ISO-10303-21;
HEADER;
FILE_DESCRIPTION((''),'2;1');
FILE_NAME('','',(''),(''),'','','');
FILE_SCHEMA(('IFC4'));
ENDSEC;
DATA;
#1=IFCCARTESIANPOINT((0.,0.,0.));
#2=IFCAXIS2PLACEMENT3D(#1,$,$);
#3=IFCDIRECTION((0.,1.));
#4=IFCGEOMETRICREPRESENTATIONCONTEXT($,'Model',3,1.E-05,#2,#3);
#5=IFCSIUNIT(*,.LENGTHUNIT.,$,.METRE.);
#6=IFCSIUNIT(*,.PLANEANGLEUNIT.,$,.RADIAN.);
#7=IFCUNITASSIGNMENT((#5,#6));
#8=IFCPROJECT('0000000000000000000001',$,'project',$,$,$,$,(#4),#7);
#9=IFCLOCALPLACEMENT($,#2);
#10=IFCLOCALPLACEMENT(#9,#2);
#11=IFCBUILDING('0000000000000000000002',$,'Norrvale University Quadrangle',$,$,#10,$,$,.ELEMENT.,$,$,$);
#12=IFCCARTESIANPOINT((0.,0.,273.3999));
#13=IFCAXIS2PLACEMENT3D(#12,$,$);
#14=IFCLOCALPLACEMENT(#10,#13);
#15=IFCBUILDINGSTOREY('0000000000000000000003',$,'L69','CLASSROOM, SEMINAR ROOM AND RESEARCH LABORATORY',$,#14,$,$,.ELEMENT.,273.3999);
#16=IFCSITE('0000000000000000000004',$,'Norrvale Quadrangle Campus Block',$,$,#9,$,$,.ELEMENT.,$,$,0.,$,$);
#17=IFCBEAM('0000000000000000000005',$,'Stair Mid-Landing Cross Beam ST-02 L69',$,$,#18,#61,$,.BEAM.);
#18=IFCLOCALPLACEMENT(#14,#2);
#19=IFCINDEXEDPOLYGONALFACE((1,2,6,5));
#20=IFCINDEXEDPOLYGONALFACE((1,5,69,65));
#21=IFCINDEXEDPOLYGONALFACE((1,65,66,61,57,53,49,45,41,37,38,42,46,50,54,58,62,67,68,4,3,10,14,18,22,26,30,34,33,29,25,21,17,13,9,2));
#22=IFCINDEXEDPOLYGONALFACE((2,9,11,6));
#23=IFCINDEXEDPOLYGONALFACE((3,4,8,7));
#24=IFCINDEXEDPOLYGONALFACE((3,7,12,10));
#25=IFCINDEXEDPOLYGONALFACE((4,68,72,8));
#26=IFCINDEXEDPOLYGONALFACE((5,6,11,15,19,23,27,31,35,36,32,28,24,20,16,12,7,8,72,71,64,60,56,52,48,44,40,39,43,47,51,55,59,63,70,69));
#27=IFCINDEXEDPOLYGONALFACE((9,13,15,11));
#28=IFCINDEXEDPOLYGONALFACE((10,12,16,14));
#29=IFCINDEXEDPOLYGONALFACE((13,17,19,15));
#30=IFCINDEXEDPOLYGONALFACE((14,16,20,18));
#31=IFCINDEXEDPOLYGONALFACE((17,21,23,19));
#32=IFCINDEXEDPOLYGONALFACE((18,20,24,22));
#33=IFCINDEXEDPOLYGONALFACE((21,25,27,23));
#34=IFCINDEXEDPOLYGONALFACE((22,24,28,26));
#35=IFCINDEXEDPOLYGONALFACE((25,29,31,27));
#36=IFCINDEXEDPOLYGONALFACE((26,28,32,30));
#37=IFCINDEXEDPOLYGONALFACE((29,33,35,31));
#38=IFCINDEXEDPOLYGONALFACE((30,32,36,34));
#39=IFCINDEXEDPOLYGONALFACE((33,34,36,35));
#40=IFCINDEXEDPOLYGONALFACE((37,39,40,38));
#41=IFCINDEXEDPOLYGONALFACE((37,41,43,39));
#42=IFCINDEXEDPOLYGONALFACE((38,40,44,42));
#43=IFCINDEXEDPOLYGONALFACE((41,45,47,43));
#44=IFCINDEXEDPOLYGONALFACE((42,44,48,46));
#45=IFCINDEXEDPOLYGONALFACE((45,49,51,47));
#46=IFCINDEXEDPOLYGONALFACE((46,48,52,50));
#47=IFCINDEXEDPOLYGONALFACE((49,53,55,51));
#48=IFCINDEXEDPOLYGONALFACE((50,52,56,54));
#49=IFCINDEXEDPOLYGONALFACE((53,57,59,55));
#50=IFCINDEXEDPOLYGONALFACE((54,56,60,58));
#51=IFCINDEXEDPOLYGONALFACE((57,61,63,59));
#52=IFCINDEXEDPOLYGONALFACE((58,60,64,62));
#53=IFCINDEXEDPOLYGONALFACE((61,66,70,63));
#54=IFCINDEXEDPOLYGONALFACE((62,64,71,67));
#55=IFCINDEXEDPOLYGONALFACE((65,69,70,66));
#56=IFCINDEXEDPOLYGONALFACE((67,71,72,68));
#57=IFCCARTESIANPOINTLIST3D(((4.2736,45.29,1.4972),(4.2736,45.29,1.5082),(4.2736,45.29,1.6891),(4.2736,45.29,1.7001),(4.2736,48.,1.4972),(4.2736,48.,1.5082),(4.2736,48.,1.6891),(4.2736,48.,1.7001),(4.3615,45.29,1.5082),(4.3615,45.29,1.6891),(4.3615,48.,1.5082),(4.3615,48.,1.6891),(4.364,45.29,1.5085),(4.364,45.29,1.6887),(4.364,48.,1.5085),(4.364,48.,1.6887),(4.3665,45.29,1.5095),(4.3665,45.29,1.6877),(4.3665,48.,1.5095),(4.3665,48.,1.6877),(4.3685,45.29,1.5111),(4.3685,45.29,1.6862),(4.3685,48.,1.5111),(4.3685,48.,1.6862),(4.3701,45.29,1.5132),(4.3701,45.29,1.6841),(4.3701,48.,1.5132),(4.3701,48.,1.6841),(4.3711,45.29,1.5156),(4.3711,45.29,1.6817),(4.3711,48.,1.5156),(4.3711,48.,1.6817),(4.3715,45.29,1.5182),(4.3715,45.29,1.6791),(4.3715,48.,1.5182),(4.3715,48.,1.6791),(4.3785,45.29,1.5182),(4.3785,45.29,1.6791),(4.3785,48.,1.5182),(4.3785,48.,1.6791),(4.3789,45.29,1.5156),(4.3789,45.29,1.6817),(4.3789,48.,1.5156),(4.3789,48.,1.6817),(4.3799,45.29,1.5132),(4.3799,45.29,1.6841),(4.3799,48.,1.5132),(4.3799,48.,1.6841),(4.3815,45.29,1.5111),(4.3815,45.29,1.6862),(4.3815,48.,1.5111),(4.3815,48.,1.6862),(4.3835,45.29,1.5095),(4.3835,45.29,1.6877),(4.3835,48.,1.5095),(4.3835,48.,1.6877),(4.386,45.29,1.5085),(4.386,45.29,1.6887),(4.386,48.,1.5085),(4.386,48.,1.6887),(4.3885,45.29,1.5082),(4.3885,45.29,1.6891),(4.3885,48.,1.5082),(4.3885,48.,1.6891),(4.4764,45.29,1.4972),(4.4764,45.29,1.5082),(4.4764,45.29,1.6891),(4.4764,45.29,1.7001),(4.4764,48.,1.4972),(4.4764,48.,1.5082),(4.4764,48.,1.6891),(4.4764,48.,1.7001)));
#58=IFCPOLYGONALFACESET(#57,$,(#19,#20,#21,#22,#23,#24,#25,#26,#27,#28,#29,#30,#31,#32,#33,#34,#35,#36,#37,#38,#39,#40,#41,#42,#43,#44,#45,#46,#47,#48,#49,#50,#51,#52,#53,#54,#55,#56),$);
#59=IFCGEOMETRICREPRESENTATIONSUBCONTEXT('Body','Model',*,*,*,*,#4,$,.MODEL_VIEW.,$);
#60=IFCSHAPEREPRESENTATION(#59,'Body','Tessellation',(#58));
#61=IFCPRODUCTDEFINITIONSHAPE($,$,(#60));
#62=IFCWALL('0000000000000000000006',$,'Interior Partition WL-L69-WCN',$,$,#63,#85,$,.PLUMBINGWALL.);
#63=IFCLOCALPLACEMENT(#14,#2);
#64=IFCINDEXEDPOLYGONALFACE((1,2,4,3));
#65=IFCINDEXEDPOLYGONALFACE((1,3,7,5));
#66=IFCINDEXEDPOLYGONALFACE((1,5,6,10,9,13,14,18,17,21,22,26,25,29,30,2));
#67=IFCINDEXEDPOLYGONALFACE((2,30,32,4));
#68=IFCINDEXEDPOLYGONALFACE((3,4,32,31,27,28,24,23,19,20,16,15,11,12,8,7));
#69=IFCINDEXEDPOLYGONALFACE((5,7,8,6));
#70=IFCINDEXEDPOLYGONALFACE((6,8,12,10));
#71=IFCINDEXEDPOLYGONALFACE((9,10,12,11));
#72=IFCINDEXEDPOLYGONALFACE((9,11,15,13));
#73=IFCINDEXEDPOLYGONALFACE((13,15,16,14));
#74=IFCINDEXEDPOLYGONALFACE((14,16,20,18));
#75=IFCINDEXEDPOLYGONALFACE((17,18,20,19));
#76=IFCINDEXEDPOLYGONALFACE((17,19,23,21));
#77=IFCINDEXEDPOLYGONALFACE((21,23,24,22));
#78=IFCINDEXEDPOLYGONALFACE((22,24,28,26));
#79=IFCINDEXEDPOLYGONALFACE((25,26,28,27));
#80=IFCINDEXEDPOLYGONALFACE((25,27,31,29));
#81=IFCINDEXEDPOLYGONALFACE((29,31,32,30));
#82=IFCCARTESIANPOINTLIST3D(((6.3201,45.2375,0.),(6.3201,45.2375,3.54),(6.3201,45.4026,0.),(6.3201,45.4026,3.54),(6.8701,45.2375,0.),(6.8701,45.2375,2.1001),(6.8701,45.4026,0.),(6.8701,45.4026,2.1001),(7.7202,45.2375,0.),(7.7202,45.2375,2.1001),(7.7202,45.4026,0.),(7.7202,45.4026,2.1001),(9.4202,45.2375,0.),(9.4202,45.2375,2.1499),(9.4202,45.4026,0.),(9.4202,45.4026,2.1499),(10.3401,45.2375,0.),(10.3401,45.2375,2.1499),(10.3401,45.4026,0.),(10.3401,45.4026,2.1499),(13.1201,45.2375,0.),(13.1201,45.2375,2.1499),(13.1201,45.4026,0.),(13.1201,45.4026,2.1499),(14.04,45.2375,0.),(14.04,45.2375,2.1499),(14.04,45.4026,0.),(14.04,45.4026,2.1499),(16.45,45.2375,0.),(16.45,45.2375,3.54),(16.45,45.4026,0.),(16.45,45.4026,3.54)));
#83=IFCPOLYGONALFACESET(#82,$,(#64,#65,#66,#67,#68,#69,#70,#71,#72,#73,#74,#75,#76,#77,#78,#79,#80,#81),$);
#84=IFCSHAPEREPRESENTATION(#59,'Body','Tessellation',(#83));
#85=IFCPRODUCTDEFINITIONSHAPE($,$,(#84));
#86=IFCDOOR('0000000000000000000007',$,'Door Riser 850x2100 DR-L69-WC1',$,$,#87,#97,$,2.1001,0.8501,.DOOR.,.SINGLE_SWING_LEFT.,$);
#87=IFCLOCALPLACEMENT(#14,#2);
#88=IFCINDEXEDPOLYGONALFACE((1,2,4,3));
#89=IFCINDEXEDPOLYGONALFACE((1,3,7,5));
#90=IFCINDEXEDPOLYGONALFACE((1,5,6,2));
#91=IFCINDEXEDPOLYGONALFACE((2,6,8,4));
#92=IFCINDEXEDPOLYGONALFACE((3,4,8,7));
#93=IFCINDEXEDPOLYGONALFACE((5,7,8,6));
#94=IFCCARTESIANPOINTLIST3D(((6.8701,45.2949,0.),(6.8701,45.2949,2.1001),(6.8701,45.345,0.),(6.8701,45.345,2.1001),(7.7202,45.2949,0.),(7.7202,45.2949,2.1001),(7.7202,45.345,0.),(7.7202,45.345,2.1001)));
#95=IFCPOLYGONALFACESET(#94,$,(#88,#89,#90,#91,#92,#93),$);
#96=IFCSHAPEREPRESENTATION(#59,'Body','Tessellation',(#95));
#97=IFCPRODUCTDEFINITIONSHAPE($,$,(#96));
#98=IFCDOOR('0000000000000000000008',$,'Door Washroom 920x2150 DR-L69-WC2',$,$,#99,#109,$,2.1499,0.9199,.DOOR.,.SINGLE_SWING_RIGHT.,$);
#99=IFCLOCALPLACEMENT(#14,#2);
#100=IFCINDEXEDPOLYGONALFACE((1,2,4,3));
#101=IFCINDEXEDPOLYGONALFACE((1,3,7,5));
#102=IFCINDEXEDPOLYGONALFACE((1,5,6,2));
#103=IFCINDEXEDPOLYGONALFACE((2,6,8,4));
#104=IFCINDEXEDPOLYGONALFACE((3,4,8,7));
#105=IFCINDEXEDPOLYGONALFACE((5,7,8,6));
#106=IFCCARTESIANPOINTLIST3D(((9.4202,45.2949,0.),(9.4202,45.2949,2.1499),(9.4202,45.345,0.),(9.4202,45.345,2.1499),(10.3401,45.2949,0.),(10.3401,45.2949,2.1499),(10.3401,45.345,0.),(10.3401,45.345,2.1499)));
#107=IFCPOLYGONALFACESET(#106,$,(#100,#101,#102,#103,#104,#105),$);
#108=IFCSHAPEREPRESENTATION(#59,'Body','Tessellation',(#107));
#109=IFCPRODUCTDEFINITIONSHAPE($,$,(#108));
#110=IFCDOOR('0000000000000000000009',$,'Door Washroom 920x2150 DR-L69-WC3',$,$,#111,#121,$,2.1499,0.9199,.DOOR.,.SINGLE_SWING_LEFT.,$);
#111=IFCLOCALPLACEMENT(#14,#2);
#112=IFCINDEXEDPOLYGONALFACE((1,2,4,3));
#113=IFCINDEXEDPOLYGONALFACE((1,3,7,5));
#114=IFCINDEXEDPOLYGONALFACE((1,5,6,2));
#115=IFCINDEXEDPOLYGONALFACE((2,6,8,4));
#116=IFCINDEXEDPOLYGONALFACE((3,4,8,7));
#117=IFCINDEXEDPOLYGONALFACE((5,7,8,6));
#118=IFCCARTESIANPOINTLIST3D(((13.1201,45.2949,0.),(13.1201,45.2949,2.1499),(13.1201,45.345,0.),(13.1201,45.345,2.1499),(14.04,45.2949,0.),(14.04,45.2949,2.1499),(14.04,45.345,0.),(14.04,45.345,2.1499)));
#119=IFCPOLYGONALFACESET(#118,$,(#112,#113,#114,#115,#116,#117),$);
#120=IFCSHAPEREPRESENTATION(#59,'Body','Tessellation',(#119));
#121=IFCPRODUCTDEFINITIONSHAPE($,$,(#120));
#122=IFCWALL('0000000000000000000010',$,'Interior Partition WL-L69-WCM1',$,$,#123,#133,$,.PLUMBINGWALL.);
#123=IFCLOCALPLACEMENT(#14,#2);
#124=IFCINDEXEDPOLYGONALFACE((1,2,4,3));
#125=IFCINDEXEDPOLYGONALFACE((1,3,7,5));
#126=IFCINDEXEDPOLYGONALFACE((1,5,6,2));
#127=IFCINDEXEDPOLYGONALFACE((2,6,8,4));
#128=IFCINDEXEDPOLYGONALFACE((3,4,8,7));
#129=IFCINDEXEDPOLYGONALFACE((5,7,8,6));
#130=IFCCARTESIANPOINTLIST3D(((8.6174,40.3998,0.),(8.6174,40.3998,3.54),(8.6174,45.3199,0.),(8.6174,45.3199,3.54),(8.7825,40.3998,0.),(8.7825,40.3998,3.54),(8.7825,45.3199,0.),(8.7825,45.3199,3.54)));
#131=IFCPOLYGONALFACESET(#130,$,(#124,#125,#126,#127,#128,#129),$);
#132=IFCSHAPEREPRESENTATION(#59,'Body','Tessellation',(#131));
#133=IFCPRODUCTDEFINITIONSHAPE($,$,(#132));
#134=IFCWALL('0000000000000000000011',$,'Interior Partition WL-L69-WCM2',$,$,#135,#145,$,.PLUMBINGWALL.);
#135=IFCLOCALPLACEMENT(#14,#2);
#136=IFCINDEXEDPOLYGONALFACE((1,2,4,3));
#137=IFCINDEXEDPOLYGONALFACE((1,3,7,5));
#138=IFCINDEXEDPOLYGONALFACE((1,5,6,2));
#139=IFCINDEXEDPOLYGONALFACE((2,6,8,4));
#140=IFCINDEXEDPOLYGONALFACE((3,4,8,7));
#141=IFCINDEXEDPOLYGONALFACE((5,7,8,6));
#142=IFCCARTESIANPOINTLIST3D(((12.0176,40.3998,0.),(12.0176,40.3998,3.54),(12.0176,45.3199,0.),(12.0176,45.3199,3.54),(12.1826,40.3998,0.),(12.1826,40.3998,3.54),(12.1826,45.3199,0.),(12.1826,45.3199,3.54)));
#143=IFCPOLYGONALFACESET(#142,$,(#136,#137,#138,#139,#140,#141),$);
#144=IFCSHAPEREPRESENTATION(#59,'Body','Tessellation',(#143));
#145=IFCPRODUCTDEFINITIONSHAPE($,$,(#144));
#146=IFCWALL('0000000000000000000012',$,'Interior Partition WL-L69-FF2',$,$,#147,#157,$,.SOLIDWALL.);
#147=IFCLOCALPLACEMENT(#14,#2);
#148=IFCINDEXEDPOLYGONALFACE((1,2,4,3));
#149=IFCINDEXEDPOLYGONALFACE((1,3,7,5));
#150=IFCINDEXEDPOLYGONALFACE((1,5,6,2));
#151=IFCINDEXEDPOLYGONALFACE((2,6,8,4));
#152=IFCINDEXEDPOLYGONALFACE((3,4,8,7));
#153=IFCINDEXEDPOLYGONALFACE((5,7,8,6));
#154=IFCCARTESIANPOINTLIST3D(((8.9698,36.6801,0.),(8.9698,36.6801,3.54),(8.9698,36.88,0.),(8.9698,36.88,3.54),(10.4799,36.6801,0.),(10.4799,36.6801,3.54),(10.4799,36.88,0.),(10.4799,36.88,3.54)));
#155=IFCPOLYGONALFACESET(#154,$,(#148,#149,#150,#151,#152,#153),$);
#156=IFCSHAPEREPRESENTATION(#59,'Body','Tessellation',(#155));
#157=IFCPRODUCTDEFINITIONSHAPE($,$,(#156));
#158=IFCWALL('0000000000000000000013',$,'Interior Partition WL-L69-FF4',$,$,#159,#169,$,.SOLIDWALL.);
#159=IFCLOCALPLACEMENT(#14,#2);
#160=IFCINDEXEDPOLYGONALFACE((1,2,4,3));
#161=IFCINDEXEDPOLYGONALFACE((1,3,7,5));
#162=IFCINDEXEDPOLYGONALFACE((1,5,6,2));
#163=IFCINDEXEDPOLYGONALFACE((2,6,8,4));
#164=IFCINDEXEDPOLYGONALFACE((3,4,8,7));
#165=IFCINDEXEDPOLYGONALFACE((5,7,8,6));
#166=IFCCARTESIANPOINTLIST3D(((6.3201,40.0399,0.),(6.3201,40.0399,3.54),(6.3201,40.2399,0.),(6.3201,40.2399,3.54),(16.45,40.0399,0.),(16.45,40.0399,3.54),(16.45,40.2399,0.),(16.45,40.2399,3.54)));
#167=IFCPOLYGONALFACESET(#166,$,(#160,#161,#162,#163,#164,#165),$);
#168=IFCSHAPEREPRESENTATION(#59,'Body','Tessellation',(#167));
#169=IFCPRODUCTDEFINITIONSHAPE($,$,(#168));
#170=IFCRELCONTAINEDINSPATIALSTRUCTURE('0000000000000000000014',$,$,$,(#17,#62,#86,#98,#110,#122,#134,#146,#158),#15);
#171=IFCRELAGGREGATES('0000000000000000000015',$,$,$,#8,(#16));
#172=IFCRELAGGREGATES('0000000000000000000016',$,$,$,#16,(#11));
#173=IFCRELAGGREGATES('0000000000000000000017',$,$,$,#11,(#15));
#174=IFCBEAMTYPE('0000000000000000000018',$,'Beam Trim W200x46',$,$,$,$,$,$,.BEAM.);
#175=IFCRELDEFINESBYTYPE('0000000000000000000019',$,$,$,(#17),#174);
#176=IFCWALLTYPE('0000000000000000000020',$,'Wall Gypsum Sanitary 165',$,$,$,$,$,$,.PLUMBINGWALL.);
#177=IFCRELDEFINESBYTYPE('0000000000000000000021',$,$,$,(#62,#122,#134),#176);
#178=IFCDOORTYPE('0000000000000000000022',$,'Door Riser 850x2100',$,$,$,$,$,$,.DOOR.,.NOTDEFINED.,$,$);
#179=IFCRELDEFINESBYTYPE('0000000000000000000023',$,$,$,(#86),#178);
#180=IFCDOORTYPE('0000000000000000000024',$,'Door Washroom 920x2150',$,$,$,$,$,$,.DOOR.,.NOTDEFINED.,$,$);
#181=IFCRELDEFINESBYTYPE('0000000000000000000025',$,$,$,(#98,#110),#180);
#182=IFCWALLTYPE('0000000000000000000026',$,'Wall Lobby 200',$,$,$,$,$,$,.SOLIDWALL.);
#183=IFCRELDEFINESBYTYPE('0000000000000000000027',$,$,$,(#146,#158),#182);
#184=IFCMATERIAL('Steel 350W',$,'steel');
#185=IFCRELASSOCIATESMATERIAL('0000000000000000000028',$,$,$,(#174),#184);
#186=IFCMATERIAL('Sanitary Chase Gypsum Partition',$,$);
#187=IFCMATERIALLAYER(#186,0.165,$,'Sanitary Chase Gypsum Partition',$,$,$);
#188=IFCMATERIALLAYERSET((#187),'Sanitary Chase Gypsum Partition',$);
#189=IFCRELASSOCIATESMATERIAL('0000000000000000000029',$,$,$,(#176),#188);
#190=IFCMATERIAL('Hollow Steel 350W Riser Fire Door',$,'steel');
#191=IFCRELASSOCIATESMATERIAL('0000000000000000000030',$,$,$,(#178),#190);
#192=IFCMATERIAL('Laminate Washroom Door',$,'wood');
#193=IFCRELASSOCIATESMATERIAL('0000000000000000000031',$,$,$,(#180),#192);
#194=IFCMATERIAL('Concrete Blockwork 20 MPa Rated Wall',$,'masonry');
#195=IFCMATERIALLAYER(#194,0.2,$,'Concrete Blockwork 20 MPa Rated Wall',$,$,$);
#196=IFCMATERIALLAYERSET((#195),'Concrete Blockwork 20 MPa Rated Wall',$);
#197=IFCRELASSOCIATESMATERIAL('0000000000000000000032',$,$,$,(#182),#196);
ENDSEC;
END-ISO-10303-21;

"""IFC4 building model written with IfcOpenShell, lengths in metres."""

from ifc_helpers import new_model, si_unit, direction, frame, frame_2d, origin, origin_2d, place, context, subcontext, project, spatial, rectangle, i_section, extrude, material, layer, layer_set, material_profile, profile_set, type_object, element, fill, save


model = new_model("IFC4")

# Units and contexts
model_context = context("Model", 3, precision=1e-05, world=origin(), true_north=direction((0.0, 1.0)))
body_context = subcontext(model_context, "Body", "Model", "MODEL_VIEW")
ifc_project = project(units=[si_unit("LENGTHUNIT", "METRE"), si_unit("PLANEANGLEUNIT", "RADIAN")], contexts=[model_context])

# Site, building, storey
site_placement = place(None, origin())
site = spatial("IfcSite", under=ifc_project, at=site_placement, Name="Norrvale Quadrangle Campus Block", CompositionType="ELEMENT", RefElevation=0.0)
building_placement = place(site_placement, origin())
building = spatial("IfcBuilding", under=site, at=building_placement, Name="Norrvale University Quadrangle", CompositionType="ELEMENT")
storey_placement = place(building_placement, frame((0.0, 0.0, 273.3999)))
storey = spatial("IfcBuildingStorey", under=building, at=storey_placement, Name="L69", Description="CLASSROOM, SEMINAR ROOM AND RESEARCH LABORATORY", CompositionType="ELEMENT", Elevation=273.3999)

# Beam
ifc_material_1 = material(Name="Steel 350W", Category="steel")
ifc_material_profile = material_profile(ifc_material_1, i_section(OverallWidth=0.2029, OverallDepth=0.2029, WebThickness=0.0071, FlangeThickness=0.011, FilletRadius=0.01, at=origin_2d()), Name="Steel 350W")
ifc_profile_set = profile_set([ifc_material_profile], Name="Steel 350W")
beam_type = type_object("IfcBeamType", Name="Beam Trim W200x46", PredefinedType="BEAM", material=ifc_profile_set)
beam_placement = place(storey_placement, frame((4.375, 45.29, 1.5986), z_axis=(0.0, 1.0, 0.0), x_axis=(-1.0, 0.0, 0.0)))
element("IfcBeam", 1, at=beam_placement, inside=storey, type_object=beam_type, Name="Stair Mid-Landing Cross Beam ST-02 L69", PredefinedType="BEAM", context=body_context, shape_type="SweptSolid", body=[
    extrude(i_section(OverallWidth=0.2029, OverallDepth=0.2029, WebThickness=0.0071, FlangeThickness=0.011, FilletRadius=0.01, at=origin_2d()), origin(), (0.0, 0.0, 1.0), 2.71),
])

# Wall, openings, doors
ifc_material_2 = material(Name="Sanitary Chase Gypsum Partition")
ifc_layer_1 = layer(ifc_material_2, 0.165, Name="Sanitary Chase Gypsum Partition")
ifc_layer_set_1 = layer_set([ifc_layer_1], Name="Sanitary Chase Gypsum Partition")
wall_type_1 = type_object("IfcWallType", Name="Wall Gypsum Sanitary 165", PredefinedType="PLUMBINGWALL", material=ifc_layer_set_1)
wall_1_placement = place(storey_placement, frame((6.3201, 45.3201, 0.0), z_axis=(0.0, 0.0, 1.0), x_axis=(1.0, 0.0, 0.0)))
wall_1 = element("IfcWall", 2, at=wall_1_placement, inside=storey, type_object=wall_type_1, Name="Interior Partition WL-L69-WCN", PredefinedType="PLUMBINGWALL", context=body_context, shape_type="SweptSolid", body=[
    extrude(rectangle(XDim=10.1299, YDim=0.165, at=frame_2d((5.0649, 0.0))), origin(), (0.0, 0.0, 1.0), 3.54),
])
opening_1_placement = place(wall_1_placement, frame((0.55, 0.0, 0.0)))
opening_1 = element("IfcOpeningElement", 3, at=opening_1_placement, cuts=wall_1, PredefinedType="OPENING", context=body_context, shape_type="SweptSolid", body=[
    extrude(rectangle(XDim=0.8501, YDim=2.1001, at=frame_2d((0.425, 1.05))), frame((0.0, 0.0945, 0.0), z_axis=(0.0, -1.0, 0.0), x_axis=(1.0, 0.0, 0.0)), (0.0, 0.0, 1.0), 0.189),
])
opening_2_placement = place(wall_1_placement, frame((3.1001, 0.0, 0.0)))
opening_2 = element("IfcOpeningElement", 4, at=opening_2_placement, cuts=wall_1, PredefinedType="OPENING", context=body_context, shape_type="SweptSolid", body=[
    extrude(rectangle(XDim=0.9199, YDim=2.1499, at=frame_2d((0.46, 1.075))), frame((0.0, 0.0945, 0.0), z_axis=(0.0, -1.0, 0.0), x_axis=(1.0, 0.0, 0.0)), (0.0, 0.0, 1.0), 0.189),
])
opening_3_placement = place(wall_1_placement, frame((6.8, 0.0, 0.0)))
opening_3 = element("IfcOpeningElement", 5, at=opening_3_placement, cuts=wall_1, PredefinedType="OPENING", context=body_context, shape_type="SweptSolid", body=[
    extrude(rectangle(XDim=0.9199, YDim=2.1499, at=frame_2d((0.46, 1.075))), frame((0.0, 0.0945, 0.0), z_axis=(0.0, -1.0, 0.0), x_axis=(1.0, 0.0, 0.0)), (0.0, 0.0, 1.0), 0.189),
])
ifc_material_3 = material(Name="Hollow Steel 350W Riser Fire Door", Category="steel")
door_type_1 = type_object("IfcDoorType", Name="Door Riser 850x2100", OperationType="NOTDEFINED", PredefinedType="DOOR", material=ifc_material_3)
door_1_placement = place(opening_1_placement, origin())
door_1 = element("IfcDoor", 6, at=door_1_placement, inside=storey, type_object=door_type_1, Name="Door Riser 850x2100 DR-L69-WC1", OperationType="SINGLE_SWING_LEFT", OverallHeight=2.1001, OverallWidth=0.8501, PredefinedType="DOOR", context=body_context, shape_type="SweptSolid", body=[
    extrude(rectangle(XDim=0.8501, YDim=2.1001, at=frame_2d((0.425, 1.05))), frame((0.0, 0.0249, 0.0), z_axis=(0.0, -1.0, 0.0), x_axis=(1.0, 0.0, 0.0)), (0.0, 0.0, 1.0), 0.05),
])
fill(opening_1, door_1)
ifc_material_4 = material(Name="Laminate Washroom Door", Category="wood")
door_type_2 = type_object("IfcDoorType", Name="Door Washroom 920x2150", OperationType="NOTDEFINED", PredefinedType="DOOR", material=ifc_material_4)
door_2_placement = place(opening_2_placement, origin())
door_2 = element("IfcDoor", 7, at=door_2_placement, inside=storey, type_object=door_type_2, Name="Door Washroom 920x2150 DR-L69-WC2", OperationType="SINGLE_SWING_RIGHT", OverallHeight=2.1499, OverallWidth=0.9199, PredefinedType="DOOR", context=body_context, shape_type="SweptSolid", body=[
    extrude(rectangle(XDim=0.9199, YDim=2.1499, at=frame_2d((0.46, 1.075))), frame((0.0, 0.0249, 0.0), z_axis=(0.0, -1.0, 0.0), x_axis=(1.0, 0.0, 0.0)), (0.0, 0.0, 1.0), 0.05),
])
fill(opening_2, door_2)
door_3_placement = place(opening_3_placement, origin())
door_3 = element("IfcDoor", 8, at=door_3_placement, inside=storey, type_object=door_type_2, Name="Door Washroom 920x2150 DR-L69-WC3", OperationType="SINGLE_SWING_LEFT", OverallHeight=2.1499, OverallWidth=0.9199, PredefinedType="DOOR", context=body_context, shape_type="SweptSolid", body=[
    extrude(rectangle(XDim=0.9199, YDim=2.1499, at=frame_2d((0.46, 1.075))), frame((0.0, 0.0249, 0.0), z_axis=(0.0, -1.0, 0.0), x_axis=(1.0, 0.0, 0.0)), (0.0, 0.0, 1.0), 0.05),
])
fill(opening_3, door_3)

# Walls
for number, where, z_axis, x_axis, name in (
    (9, (8.7, 40.3999, 0.0), (0.0, 0.0, 1.0), (0.0, 1.0, 0.0), "Interior Partition WL-L69-WCM1"),
    (10, (12.1001, 40.3999, 0.0), (0.0, 0.0, 1.0), (0.0, 1.0, 0.0), "Interior Partition WL-L69-WCM2"),
):
    element("IfcWall", number, at=place(storey_placement, frame(where, z_axis=z_axis, x_axis=x_axis)), inside=storey, type_object=wall_type_1, Name=name, PredefinedType="PLUMBINGWALL", context=body_context, shape_type="SweptSolid", body=[
        extrude(rectangle(XDim=4.9202, YDim=0.165, at=frame_2d((2.46, 0.0))), origin(), (0.0, 0.0, 1.0), 3.54),
    ])
ifc_material_5 = material(Name="Concrete Blockwork 20 MPa Rated Wall", Category="masonry")
ifc_layer_2 = layer(ifc_material_5, 0.2, Name="Concrete Blockwork 20 MPa Rated Wall")
ifc_layer_set_2 = layer_set([ifc_layer_2], Name="Concrete Blockwork 20 MPa Rated Wall")
wall_type_2 = type_object("IfcWallType", Name="Wall Lobby 200", PredefinedType="SOLIDWALL", material=ifc_layer_set_2)
wall_2_placement = place(storey_placement, frame((8.97, 36.78, 0.0), z_axis=(0.0, 0.0, 1.0), x_axis=(1.0, 0.0, 0.0)))
element("IfcWall", 11, at=wall_2_placement, inside=storey, type_object=wall_type_2, Name="Interior Partition WL-L69-FF2", PredefinedType="SOLIDWALL", context=body_context, shape_type="SweptSolid", body=[
    extrude(rectangle(XDim=1.51, YDim=0.2, at=frame_2d((0.7549, 0.0))), origin(), (0.0, 0.0, 1.0), 3.54),
])
wall_3_placement = place(storey_placement, frame((6.3201, 40.1399, 0.0), z_axis=(0.0, 0.0, 1.0), x_axis=(1.0, 0.0, 0.0)))
element("IfcWall", 12, at=wall_3_placement, inside=storey, type_object=wall_type_2, Name="Interior Partition WL-L69-FF4", PredefinedType="SOLIDWALL", context=body_context, shape_type="SweptSolid", body=[
    extrude(rectangle(XDim=10.1299, YDim=0.2, at=frame_2d((5.0649, 0.0))), origin(), (0.0, 0.0, 1.0), 3.54),
])

save(model, "model.ifc")
